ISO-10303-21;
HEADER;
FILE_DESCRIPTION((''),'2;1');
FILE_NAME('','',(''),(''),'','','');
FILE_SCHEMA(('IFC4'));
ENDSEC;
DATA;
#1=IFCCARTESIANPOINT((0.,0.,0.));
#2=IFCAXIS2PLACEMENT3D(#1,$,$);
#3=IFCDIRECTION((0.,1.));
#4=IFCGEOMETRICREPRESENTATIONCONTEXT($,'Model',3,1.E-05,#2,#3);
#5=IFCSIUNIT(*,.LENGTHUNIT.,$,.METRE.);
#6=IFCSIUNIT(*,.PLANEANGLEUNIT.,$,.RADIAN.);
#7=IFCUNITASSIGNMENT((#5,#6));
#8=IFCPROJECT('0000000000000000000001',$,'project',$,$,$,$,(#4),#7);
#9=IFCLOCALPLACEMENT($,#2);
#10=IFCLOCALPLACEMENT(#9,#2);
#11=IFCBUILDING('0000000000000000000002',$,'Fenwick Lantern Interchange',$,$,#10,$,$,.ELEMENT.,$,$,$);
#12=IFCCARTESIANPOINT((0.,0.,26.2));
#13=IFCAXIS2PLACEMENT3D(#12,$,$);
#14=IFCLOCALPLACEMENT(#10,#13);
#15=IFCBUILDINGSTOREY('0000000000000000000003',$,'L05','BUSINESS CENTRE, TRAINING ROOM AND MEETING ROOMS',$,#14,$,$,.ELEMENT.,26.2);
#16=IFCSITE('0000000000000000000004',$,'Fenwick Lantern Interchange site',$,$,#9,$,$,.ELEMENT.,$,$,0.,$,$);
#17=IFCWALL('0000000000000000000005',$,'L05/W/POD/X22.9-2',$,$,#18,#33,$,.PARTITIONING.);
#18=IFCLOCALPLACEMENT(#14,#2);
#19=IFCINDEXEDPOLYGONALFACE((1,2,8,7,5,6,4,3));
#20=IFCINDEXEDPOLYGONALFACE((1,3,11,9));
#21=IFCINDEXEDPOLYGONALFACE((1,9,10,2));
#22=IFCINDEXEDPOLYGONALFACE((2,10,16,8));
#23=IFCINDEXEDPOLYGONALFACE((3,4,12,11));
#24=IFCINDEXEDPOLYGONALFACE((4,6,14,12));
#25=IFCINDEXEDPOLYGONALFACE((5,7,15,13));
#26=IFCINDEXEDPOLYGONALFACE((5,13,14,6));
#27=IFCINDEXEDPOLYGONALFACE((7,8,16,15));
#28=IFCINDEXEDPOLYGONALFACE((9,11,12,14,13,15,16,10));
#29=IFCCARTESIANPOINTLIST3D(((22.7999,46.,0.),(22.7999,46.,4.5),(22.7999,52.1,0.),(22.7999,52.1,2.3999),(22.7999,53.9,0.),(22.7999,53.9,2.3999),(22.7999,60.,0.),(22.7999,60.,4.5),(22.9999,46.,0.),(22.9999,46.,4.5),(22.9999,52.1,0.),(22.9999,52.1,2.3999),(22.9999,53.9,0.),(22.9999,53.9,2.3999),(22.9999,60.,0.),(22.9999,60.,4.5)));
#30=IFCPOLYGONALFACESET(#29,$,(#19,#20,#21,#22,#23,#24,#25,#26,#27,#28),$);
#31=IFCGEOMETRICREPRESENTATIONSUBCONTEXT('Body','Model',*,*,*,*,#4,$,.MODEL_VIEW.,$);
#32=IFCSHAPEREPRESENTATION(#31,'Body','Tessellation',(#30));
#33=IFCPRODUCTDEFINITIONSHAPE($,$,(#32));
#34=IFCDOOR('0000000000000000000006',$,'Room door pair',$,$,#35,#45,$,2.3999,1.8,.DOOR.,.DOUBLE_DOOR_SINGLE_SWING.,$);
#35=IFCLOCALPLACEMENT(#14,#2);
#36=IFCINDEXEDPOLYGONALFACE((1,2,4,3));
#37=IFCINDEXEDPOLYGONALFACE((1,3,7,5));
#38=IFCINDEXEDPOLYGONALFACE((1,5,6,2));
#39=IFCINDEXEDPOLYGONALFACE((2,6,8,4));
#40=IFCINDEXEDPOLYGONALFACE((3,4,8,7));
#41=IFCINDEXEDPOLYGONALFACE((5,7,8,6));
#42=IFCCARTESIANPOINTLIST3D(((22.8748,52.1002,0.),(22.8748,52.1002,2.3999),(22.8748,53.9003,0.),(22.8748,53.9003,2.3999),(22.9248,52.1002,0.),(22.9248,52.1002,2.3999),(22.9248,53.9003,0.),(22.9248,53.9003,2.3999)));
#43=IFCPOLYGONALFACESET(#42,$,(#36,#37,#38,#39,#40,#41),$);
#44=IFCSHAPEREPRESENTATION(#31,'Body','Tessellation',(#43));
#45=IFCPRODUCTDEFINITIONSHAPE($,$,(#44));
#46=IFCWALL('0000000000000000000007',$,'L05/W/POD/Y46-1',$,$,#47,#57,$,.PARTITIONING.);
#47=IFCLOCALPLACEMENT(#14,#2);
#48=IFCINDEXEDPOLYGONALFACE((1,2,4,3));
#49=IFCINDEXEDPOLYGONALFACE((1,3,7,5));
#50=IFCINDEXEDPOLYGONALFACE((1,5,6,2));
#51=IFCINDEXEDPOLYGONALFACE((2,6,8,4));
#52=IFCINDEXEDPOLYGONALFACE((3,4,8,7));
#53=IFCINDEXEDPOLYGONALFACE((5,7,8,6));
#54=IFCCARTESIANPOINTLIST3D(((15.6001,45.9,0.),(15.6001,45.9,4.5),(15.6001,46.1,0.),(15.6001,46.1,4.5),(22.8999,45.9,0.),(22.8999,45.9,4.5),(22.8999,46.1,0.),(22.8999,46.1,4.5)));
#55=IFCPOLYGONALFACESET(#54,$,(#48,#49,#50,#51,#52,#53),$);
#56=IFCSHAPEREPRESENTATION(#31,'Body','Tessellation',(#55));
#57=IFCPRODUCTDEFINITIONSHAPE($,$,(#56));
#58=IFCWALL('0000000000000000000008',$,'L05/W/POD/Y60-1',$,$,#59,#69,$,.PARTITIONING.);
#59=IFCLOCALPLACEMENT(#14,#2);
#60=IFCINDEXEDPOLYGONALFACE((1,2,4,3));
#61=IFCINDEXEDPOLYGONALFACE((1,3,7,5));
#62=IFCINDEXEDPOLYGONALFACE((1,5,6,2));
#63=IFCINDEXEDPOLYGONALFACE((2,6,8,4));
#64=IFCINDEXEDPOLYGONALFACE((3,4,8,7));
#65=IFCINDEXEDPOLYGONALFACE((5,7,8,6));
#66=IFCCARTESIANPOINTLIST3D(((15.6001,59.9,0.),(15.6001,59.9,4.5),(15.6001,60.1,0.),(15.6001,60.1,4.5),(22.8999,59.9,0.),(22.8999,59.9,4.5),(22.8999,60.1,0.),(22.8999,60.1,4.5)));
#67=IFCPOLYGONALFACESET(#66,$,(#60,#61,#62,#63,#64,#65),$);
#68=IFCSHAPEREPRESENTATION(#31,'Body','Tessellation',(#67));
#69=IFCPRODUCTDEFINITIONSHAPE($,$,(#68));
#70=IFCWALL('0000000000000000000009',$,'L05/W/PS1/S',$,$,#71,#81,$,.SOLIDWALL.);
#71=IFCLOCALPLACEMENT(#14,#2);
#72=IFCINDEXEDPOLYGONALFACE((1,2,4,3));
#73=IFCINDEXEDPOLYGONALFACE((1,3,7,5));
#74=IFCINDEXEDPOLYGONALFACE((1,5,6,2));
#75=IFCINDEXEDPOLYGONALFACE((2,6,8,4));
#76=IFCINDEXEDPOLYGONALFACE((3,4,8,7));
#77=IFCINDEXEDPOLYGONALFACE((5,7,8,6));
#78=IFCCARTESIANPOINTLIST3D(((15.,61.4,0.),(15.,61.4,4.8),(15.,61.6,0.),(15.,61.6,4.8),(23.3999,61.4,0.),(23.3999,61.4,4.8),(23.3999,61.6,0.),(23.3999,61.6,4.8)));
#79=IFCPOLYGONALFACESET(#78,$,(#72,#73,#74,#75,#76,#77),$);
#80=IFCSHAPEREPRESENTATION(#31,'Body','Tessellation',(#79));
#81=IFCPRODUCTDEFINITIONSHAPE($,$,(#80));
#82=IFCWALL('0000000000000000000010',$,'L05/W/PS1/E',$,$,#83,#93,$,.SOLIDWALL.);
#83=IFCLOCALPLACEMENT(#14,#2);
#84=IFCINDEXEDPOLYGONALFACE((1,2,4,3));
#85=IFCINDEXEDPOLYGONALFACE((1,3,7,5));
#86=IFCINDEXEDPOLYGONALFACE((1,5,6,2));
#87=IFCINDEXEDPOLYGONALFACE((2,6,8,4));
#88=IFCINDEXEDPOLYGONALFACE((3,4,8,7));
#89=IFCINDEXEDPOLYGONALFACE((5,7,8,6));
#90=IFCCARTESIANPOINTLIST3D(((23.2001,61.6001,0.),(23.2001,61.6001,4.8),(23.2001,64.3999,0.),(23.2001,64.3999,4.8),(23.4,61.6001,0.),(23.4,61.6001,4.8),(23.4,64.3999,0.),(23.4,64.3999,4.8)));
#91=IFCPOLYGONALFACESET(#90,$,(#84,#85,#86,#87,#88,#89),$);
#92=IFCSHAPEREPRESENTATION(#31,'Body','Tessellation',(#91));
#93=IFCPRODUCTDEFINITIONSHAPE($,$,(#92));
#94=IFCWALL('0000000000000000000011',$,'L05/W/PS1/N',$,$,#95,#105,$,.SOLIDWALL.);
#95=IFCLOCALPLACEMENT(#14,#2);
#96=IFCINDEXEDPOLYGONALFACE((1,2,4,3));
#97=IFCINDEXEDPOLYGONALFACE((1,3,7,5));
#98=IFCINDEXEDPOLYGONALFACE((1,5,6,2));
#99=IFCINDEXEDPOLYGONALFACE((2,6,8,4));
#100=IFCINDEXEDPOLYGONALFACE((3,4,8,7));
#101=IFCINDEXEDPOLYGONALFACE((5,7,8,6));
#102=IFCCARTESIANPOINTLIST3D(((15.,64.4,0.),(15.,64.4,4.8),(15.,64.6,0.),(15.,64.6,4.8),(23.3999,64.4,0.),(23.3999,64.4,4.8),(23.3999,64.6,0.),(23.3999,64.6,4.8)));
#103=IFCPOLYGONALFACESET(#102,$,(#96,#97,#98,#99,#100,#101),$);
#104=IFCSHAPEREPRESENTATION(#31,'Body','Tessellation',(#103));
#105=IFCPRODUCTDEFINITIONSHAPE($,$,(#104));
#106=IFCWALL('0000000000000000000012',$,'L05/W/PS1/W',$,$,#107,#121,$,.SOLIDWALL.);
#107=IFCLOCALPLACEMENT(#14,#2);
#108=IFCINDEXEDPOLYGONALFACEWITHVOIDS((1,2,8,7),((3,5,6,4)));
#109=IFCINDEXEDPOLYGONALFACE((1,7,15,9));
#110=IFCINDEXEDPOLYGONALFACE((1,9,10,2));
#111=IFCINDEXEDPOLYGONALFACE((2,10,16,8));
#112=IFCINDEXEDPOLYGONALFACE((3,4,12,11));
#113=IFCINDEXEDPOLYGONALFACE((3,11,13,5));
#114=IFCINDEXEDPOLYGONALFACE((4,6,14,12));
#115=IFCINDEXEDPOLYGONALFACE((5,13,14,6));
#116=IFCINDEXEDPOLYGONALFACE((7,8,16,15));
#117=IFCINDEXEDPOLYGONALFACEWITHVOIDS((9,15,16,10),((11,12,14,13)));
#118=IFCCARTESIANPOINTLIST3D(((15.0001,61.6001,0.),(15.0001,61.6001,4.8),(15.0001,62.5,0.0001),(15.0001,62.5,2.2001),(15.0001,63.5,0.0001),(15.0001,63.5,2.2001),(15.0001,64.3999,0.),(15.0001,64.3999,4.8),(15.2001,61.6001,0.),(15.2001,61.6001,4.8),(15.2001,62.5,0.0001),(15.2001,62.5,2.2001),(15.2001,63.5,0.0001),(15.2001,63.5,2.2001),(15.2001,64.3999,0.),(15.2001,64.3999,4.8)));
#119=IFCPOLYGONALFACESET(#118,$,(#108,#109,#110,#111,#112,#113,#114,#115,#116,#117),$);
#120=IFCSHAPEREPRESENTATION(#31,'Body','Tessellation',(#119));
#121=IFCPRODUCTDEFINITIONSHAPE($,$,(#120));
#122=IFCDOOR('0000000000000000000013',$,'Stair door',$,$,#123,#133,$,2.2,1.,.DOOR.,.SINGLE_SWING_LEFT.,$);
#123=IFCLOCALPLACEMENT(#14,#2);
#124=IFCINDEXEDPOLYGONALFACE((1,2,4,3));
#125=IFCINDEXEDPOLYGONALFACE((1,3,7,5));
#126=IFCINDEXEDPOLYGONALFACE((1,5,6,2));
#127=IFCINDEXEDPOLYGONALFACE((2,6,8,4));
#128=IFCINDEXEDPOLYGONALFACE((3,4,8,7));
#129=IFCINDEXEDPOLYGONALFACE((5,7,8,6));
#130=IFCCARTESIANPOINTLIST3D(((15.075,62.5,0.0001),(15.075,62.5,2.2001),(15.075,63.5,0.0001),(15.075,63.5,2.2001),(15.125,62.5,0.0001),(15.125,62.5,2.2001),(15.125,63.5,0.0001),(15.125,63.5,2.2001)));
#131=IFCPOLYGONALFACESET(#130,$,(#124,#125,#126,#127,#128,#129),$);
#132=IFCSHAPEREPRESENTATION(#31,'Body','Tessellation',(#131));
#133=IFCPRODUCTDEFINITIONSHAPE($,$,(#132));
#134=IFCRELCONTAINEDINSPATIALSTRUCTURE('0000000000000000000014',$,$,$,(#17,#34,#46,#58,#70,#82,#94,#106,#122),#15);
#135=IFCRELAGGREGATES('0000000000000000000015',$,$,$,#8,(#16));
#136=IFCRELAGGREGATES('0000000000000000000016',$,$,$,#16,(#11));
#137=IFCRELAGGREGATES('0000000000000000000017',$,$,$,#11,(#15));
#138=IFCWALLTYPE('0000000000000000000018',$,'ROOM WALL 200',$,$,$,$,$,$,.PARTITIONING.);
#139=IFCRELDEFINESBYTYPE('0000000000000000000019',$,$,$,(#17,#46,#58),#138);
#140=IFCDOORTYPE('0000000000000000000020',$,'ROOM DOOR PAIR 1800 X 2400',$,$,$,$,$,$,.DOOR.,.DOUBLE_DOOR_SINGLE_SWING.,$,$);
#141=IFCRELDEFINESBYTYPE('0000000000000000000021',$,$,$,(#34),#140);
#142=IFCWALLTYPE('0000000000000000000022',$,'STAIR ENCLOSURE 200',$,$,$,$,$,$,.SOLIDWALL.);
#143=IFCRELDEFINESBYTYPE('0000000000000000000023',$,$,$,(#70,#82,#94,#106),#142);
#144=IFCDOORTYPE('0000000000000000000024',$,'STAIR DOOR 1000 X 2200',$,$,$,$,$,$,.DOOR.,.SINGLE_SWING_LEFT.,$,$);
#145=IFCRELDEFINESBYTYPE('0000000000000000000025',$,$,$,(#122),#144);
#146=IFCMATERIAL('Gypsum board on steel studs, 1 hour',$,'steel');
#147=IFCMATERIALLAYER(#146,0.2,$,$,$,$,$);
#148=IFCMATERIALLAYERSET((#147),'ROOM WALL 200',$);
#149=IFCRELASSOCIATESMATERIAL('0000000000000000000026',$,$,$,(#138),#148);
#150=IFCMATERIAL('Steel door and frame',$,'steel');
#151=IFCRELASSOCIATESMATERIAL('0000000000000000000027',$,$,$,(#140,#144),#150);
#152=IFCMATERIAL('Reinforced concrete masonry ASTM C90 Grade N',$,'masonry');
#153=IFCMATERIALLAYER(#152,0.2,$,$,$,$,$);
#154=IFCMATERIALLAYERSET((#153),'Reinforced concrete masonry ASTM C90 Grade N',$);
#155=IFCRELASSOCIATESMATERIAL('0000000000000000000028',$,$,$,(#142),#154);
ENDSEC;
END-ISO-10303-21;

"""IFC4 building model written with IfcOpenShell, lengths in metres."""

from ifc_helpers import new_model, si_unit, direction, frame, frame_2d, origin, place, context, subcontext, project, spatial, rectangle, extrude, material, layer, layer_set, type_object, element, fill, save


model = new_model("IFC4")

# Units and contexts
model_context = context("Model", 3, precision=1e-05, world=origin(), true_north=direction((0.0, 1.0)))
body_context = subcontext(model_context, "Body", "Model", "MODEL_VIEW")
ifc_project = project(units=[si_unit("LENGTHUNIT", "METRE"), si_unit("PLANEANGLEUNIT", "RADIAN")], contexts=[model_context])

# Site, building, storey
site_placement = place(None, origin())
site = spatial("IfcSite", under=ifc_project, at=site_placement, Name="Fenwick Lantern Interchange site", CompositionType="ELEMENT", RefElevation=0.0)
building_placement = place(site_placement, origin())
building = spatial("IfcBuilding", under=site, at=building_placement, Name="Fenwick Lantern Interchange", CompositionType="ELEMENT")
storey_placement = place(building_placement, frame((0.0, 0.0, 26.2)))
storey = spatial("IfcBuildingStorey", under=building, at=storey_placement, Name="L05", Description="BUSINESS CENTRE, TRAINING ROOM AND MEETING ROOMS", CompositionType="ELEMENT", Elevation=26.2)

# Wall, opening, door
ifc_material_1 = material(Name="Gypsum board on steel studs, 1 hour", Category="steel")
ifc_layer_1 = layer(ifc_material_1, 0.2)
ifc_layer_set_1 = layer_set([ifc_layer_1], Name="ROOM WALL 200")
wall_type_1 = type_object("IfcWallType", Name="ROOM WALL 200", PredefinedType="PARTITIONING", material=ifc_layer_set_1)
wall_1_placement = place(storey_placement, frame((22.8999, 46.0, 0.0), z_axis=(0.0, 0.0, 1.0), x_axis=(0.0, 1.0, 0.0)))
wall_1 = element("IfcWall", 1, at=wall_1_placement, inside=storey, type_object=wall_type_1, Name="L05/W/POD/X22.9-2", PredefinedType="PARTITIONING", context=body_context, shape_type="SweptSolid", body=[
    extrude(rectangle(XDim=14.0, YDim=0.2, at=frame_2d((7.0, 0.0))), origin(), (0.0, 0.0, 1.0), 4.5),
])
opening_1_placement = place(wall_1_placement, frame((6.1001, 0.0, 0.0)))
opening_1 = element("IfcOpeningElement", 2, at=opening_1_placement, cuts=wall_1, PredefinedType="OPENING", context=body_context, shape_type="SweptSolid", body=[
    extrude(rectangle(XDim=1.8, YDim=2.3999, at=frame_2d((0.8999, 1.2))), frame((0.0, 0.1099, 0.0), z_axis=(0.0, -1.0, 0.0), x_axis=(1.0, 0.0, 0.0)), (0.0, 0.0, 1.0), 0.22),
])
ifc_material_2 = material(Name="Steel door and frame", Category="steel")
door_type_1 = type_object("IfcDoorType", Name="ROOM DOOR PAIR 1800 X 2400", OperationType="DOUBLE_DOOR_SINGLE_SWING", PredefinedType="DOOR", material=ifc_material_2)
door_1_placement = place(opening_1_placement, frame((1.8, 0.0, 0.0), z_axis=(0.0, 0.0, 1.0), x_axis=(-1.0, 0.0, 0.0)))
door_1 = element("IfcDoor", 3, at=door_1_placement, inside=storey, type_object=door_type_1, Name="Room door pair", OperationType="DOUBLE_DOOR_SINGLE_SWING", OverallHeight=2.3999, OverallWidth=1.8, PredefinedType="DOOR", context=body_context, shape_type="SweptSolid", body=[
    extrude(rectangle(XDim=1.8, YDim=2.3999, at=frame_2d((0.8999, 1.2))), frame((0.0, 0.0249, 0.0), z_axis=(0.0, -1.0, 0.0), x_axis=(1.0, 0.0, 0.0)), (0.0, 0.0, 1.0), 0.05),
])
fill(opening_1, door_1)

# Walls
for number, where, z_axis, x_axis, name in (
    (4, (15.6001, 46.0, 0.0), (0.0, 0.0, 1.0), (1.0, 0.0, 0.0), "L05/W/POD/Y46-1"),
    (5, (15.6001, 60.0, 0.0), (0.0, 0.0, 1.0), (1.0, 0.0, 0.0), "L05/W/POD/Y60-1"),
):
    element("IfcWall", number, at=place(storey_placement, frame(where, z_axis=z_axis, x_axis=x_axis)), inside=storey, type_object=wall_type_1, Name=name, PredefinedType="PARTITIONING", context=body_context, shape_type="SweptSolid", body=[
        extrude(rectangle(XDim=7.2998, YDim=0.2, at=frame_2d((3.6499, 0.0))), origin(), (0.0, 0.0, 1.0), 4.5),
    ])
ifc_material_3 = material(Name="Reinforced concrete masonry ASTM C90 Grade N", Category="masonry")
ifc_layer_2 = layer(ifc_material_3, 0.2)
ifc_layer_set_2 = layer_set([ifc_layer_2], Name="Reinforced concrete masonry ASTM C90 Grade N")
wall_type_2 = type_object("IfcWallType", Name="STAIR ENCLOSURE 200", PredefinedType="SOLIDWALL", material=ifc_layer_set_2)
wall_2_placement = place(storey_placement, frame((15.0, 61.5, 0.0), z_axis=(0.0, 0.0, 1.0), x_axis=(1.0, 0.0, 0.0)))
element("IfcWall", 6, at=wall_2_placement, inside=storey, type_object=wall_type_2, Name="L05/W/PS1/S", PredefinedType="SOLIDWALL", context=body_context, shape_type="SweptSolid", body=[
    extrude(rectangle(XDim=8.3999, YDim=0.2, at=frame_2d((4.2, 0.0))), origin(), (0.0, 0.0, 1.0), 4.8),
])
wall_3_placement = place(storey_placement, frame((23.3, 61.6001, 0.0), z_axis=(0.0, 0.0, 1.0), x_axis=(0.0, 1.0, 0.0)))
element("IfcWall", 7, at=wall_3_placement, inside=storey, type_object=wall_type_2, Name="L05/W/PS1/E", PredefinedType="SOLIDWALL", context=body_context, shape_type="SweptSolid", body=[
    extrude(rectangle(XDim=2.7998, YDim=0.2, at=frame_2d((1.3999, 0.0))), origin(), (0.0, 0.0, 1.0), 4.8),
])
wall_4_placement = place(storey_placement, frame((23.3999, 64.5, 0.0), z_axis=(0.0, 0.0, 1.0), x_axis=(-1.0, 0.0, 0.0)))
element("IfcWall", 8, at=wall_4_placement, inside=storey, type_object=wall_type_2, Name="L05/W/PS1/N", PredefinedType="SOLIDWALL", context=body_context, shape_type="SweptSolid", body=[
    extrude(rectangle(XDim=8.3999, YDim=0.2, at=frame_2d((4.2, 0.0))), origin(), (0.0, 0.0, 1.0), 4.8),
])

# Wall, opening, door
wall_5_placement = place(storey_placement, frame((15.1001, 64.3999, 0.0), z_axis=(0.0, 0.0, 1.0), x_axis=(0.0, -1.0, 0.0)))
wall_5 = element("IfcWall", 9, at=wall_5_placement, inside=storey, type_object=wall_type_2, Name="L05/W/PS1/W", PredefinedType="SOLIDWALL", context=body_context, shape_type="SweptSolid", body=[
    extrude(rectangle(XDim=2.7998, YDim=0.2, at=frame_2d((1.3999, 0.0))), origin(), (0.0, 0.0, 1.0), 4.8),
])
opening_2_placement = place(wall_5_placement, frame((0.8999, 0.0, 0.0)))
opening_2 = element("IfcOpeningElement", 10, at=opening_2_placement, cuts=wall_5, PredefinedType="OPENING", context=body_context, shape_type="SweptSolid", body=[
    extrude(rectangle(XDim=1.0, YDim=2.2, at=frame_2d((0.5, 1.1001))), frame((0.0, 0.1099, 0.0), z_axis=(0.0, -1.0, 0.0), x_axis=(1.0, 0.0, 0.0)), (0.0, 0.0, 1.0), 0.22),
])
door_type_2 = type_object("IfcDoorType", Name="STAIR DOOR 1000 X 2200", OperationType="SINGLE_SWING_LEFT", PredefinedType="DOOR", material=ifc_material_2)
door_2_placement = place(opening_2_placement, origin())
door_2 = element("IfcDoor", 11, at=door_2_placement, inside=storey, type_object=door_type_2, Name="Stair door", OperationType="SINGLE_SWING_LEFT", OverallHeight=2.2, OverallWidth=1.0, PredefinedType="DOOR", context=body_context, shape_type="SweptSolid", body=[
    extrude(rectangle(XDim=1.0, YDim=2.2, at=frame_2d((0.5, 1.1001))), frame((0.0, 0.0249, 0.0), z_axis=(0.0, -1.0, 0.0), x_axis=(1.0, 0.0, 0.0)), (0.0, 0.0, 1.0), 0.05),
])
fill(opening_2, door_2)

save(model, "model.ifc")
